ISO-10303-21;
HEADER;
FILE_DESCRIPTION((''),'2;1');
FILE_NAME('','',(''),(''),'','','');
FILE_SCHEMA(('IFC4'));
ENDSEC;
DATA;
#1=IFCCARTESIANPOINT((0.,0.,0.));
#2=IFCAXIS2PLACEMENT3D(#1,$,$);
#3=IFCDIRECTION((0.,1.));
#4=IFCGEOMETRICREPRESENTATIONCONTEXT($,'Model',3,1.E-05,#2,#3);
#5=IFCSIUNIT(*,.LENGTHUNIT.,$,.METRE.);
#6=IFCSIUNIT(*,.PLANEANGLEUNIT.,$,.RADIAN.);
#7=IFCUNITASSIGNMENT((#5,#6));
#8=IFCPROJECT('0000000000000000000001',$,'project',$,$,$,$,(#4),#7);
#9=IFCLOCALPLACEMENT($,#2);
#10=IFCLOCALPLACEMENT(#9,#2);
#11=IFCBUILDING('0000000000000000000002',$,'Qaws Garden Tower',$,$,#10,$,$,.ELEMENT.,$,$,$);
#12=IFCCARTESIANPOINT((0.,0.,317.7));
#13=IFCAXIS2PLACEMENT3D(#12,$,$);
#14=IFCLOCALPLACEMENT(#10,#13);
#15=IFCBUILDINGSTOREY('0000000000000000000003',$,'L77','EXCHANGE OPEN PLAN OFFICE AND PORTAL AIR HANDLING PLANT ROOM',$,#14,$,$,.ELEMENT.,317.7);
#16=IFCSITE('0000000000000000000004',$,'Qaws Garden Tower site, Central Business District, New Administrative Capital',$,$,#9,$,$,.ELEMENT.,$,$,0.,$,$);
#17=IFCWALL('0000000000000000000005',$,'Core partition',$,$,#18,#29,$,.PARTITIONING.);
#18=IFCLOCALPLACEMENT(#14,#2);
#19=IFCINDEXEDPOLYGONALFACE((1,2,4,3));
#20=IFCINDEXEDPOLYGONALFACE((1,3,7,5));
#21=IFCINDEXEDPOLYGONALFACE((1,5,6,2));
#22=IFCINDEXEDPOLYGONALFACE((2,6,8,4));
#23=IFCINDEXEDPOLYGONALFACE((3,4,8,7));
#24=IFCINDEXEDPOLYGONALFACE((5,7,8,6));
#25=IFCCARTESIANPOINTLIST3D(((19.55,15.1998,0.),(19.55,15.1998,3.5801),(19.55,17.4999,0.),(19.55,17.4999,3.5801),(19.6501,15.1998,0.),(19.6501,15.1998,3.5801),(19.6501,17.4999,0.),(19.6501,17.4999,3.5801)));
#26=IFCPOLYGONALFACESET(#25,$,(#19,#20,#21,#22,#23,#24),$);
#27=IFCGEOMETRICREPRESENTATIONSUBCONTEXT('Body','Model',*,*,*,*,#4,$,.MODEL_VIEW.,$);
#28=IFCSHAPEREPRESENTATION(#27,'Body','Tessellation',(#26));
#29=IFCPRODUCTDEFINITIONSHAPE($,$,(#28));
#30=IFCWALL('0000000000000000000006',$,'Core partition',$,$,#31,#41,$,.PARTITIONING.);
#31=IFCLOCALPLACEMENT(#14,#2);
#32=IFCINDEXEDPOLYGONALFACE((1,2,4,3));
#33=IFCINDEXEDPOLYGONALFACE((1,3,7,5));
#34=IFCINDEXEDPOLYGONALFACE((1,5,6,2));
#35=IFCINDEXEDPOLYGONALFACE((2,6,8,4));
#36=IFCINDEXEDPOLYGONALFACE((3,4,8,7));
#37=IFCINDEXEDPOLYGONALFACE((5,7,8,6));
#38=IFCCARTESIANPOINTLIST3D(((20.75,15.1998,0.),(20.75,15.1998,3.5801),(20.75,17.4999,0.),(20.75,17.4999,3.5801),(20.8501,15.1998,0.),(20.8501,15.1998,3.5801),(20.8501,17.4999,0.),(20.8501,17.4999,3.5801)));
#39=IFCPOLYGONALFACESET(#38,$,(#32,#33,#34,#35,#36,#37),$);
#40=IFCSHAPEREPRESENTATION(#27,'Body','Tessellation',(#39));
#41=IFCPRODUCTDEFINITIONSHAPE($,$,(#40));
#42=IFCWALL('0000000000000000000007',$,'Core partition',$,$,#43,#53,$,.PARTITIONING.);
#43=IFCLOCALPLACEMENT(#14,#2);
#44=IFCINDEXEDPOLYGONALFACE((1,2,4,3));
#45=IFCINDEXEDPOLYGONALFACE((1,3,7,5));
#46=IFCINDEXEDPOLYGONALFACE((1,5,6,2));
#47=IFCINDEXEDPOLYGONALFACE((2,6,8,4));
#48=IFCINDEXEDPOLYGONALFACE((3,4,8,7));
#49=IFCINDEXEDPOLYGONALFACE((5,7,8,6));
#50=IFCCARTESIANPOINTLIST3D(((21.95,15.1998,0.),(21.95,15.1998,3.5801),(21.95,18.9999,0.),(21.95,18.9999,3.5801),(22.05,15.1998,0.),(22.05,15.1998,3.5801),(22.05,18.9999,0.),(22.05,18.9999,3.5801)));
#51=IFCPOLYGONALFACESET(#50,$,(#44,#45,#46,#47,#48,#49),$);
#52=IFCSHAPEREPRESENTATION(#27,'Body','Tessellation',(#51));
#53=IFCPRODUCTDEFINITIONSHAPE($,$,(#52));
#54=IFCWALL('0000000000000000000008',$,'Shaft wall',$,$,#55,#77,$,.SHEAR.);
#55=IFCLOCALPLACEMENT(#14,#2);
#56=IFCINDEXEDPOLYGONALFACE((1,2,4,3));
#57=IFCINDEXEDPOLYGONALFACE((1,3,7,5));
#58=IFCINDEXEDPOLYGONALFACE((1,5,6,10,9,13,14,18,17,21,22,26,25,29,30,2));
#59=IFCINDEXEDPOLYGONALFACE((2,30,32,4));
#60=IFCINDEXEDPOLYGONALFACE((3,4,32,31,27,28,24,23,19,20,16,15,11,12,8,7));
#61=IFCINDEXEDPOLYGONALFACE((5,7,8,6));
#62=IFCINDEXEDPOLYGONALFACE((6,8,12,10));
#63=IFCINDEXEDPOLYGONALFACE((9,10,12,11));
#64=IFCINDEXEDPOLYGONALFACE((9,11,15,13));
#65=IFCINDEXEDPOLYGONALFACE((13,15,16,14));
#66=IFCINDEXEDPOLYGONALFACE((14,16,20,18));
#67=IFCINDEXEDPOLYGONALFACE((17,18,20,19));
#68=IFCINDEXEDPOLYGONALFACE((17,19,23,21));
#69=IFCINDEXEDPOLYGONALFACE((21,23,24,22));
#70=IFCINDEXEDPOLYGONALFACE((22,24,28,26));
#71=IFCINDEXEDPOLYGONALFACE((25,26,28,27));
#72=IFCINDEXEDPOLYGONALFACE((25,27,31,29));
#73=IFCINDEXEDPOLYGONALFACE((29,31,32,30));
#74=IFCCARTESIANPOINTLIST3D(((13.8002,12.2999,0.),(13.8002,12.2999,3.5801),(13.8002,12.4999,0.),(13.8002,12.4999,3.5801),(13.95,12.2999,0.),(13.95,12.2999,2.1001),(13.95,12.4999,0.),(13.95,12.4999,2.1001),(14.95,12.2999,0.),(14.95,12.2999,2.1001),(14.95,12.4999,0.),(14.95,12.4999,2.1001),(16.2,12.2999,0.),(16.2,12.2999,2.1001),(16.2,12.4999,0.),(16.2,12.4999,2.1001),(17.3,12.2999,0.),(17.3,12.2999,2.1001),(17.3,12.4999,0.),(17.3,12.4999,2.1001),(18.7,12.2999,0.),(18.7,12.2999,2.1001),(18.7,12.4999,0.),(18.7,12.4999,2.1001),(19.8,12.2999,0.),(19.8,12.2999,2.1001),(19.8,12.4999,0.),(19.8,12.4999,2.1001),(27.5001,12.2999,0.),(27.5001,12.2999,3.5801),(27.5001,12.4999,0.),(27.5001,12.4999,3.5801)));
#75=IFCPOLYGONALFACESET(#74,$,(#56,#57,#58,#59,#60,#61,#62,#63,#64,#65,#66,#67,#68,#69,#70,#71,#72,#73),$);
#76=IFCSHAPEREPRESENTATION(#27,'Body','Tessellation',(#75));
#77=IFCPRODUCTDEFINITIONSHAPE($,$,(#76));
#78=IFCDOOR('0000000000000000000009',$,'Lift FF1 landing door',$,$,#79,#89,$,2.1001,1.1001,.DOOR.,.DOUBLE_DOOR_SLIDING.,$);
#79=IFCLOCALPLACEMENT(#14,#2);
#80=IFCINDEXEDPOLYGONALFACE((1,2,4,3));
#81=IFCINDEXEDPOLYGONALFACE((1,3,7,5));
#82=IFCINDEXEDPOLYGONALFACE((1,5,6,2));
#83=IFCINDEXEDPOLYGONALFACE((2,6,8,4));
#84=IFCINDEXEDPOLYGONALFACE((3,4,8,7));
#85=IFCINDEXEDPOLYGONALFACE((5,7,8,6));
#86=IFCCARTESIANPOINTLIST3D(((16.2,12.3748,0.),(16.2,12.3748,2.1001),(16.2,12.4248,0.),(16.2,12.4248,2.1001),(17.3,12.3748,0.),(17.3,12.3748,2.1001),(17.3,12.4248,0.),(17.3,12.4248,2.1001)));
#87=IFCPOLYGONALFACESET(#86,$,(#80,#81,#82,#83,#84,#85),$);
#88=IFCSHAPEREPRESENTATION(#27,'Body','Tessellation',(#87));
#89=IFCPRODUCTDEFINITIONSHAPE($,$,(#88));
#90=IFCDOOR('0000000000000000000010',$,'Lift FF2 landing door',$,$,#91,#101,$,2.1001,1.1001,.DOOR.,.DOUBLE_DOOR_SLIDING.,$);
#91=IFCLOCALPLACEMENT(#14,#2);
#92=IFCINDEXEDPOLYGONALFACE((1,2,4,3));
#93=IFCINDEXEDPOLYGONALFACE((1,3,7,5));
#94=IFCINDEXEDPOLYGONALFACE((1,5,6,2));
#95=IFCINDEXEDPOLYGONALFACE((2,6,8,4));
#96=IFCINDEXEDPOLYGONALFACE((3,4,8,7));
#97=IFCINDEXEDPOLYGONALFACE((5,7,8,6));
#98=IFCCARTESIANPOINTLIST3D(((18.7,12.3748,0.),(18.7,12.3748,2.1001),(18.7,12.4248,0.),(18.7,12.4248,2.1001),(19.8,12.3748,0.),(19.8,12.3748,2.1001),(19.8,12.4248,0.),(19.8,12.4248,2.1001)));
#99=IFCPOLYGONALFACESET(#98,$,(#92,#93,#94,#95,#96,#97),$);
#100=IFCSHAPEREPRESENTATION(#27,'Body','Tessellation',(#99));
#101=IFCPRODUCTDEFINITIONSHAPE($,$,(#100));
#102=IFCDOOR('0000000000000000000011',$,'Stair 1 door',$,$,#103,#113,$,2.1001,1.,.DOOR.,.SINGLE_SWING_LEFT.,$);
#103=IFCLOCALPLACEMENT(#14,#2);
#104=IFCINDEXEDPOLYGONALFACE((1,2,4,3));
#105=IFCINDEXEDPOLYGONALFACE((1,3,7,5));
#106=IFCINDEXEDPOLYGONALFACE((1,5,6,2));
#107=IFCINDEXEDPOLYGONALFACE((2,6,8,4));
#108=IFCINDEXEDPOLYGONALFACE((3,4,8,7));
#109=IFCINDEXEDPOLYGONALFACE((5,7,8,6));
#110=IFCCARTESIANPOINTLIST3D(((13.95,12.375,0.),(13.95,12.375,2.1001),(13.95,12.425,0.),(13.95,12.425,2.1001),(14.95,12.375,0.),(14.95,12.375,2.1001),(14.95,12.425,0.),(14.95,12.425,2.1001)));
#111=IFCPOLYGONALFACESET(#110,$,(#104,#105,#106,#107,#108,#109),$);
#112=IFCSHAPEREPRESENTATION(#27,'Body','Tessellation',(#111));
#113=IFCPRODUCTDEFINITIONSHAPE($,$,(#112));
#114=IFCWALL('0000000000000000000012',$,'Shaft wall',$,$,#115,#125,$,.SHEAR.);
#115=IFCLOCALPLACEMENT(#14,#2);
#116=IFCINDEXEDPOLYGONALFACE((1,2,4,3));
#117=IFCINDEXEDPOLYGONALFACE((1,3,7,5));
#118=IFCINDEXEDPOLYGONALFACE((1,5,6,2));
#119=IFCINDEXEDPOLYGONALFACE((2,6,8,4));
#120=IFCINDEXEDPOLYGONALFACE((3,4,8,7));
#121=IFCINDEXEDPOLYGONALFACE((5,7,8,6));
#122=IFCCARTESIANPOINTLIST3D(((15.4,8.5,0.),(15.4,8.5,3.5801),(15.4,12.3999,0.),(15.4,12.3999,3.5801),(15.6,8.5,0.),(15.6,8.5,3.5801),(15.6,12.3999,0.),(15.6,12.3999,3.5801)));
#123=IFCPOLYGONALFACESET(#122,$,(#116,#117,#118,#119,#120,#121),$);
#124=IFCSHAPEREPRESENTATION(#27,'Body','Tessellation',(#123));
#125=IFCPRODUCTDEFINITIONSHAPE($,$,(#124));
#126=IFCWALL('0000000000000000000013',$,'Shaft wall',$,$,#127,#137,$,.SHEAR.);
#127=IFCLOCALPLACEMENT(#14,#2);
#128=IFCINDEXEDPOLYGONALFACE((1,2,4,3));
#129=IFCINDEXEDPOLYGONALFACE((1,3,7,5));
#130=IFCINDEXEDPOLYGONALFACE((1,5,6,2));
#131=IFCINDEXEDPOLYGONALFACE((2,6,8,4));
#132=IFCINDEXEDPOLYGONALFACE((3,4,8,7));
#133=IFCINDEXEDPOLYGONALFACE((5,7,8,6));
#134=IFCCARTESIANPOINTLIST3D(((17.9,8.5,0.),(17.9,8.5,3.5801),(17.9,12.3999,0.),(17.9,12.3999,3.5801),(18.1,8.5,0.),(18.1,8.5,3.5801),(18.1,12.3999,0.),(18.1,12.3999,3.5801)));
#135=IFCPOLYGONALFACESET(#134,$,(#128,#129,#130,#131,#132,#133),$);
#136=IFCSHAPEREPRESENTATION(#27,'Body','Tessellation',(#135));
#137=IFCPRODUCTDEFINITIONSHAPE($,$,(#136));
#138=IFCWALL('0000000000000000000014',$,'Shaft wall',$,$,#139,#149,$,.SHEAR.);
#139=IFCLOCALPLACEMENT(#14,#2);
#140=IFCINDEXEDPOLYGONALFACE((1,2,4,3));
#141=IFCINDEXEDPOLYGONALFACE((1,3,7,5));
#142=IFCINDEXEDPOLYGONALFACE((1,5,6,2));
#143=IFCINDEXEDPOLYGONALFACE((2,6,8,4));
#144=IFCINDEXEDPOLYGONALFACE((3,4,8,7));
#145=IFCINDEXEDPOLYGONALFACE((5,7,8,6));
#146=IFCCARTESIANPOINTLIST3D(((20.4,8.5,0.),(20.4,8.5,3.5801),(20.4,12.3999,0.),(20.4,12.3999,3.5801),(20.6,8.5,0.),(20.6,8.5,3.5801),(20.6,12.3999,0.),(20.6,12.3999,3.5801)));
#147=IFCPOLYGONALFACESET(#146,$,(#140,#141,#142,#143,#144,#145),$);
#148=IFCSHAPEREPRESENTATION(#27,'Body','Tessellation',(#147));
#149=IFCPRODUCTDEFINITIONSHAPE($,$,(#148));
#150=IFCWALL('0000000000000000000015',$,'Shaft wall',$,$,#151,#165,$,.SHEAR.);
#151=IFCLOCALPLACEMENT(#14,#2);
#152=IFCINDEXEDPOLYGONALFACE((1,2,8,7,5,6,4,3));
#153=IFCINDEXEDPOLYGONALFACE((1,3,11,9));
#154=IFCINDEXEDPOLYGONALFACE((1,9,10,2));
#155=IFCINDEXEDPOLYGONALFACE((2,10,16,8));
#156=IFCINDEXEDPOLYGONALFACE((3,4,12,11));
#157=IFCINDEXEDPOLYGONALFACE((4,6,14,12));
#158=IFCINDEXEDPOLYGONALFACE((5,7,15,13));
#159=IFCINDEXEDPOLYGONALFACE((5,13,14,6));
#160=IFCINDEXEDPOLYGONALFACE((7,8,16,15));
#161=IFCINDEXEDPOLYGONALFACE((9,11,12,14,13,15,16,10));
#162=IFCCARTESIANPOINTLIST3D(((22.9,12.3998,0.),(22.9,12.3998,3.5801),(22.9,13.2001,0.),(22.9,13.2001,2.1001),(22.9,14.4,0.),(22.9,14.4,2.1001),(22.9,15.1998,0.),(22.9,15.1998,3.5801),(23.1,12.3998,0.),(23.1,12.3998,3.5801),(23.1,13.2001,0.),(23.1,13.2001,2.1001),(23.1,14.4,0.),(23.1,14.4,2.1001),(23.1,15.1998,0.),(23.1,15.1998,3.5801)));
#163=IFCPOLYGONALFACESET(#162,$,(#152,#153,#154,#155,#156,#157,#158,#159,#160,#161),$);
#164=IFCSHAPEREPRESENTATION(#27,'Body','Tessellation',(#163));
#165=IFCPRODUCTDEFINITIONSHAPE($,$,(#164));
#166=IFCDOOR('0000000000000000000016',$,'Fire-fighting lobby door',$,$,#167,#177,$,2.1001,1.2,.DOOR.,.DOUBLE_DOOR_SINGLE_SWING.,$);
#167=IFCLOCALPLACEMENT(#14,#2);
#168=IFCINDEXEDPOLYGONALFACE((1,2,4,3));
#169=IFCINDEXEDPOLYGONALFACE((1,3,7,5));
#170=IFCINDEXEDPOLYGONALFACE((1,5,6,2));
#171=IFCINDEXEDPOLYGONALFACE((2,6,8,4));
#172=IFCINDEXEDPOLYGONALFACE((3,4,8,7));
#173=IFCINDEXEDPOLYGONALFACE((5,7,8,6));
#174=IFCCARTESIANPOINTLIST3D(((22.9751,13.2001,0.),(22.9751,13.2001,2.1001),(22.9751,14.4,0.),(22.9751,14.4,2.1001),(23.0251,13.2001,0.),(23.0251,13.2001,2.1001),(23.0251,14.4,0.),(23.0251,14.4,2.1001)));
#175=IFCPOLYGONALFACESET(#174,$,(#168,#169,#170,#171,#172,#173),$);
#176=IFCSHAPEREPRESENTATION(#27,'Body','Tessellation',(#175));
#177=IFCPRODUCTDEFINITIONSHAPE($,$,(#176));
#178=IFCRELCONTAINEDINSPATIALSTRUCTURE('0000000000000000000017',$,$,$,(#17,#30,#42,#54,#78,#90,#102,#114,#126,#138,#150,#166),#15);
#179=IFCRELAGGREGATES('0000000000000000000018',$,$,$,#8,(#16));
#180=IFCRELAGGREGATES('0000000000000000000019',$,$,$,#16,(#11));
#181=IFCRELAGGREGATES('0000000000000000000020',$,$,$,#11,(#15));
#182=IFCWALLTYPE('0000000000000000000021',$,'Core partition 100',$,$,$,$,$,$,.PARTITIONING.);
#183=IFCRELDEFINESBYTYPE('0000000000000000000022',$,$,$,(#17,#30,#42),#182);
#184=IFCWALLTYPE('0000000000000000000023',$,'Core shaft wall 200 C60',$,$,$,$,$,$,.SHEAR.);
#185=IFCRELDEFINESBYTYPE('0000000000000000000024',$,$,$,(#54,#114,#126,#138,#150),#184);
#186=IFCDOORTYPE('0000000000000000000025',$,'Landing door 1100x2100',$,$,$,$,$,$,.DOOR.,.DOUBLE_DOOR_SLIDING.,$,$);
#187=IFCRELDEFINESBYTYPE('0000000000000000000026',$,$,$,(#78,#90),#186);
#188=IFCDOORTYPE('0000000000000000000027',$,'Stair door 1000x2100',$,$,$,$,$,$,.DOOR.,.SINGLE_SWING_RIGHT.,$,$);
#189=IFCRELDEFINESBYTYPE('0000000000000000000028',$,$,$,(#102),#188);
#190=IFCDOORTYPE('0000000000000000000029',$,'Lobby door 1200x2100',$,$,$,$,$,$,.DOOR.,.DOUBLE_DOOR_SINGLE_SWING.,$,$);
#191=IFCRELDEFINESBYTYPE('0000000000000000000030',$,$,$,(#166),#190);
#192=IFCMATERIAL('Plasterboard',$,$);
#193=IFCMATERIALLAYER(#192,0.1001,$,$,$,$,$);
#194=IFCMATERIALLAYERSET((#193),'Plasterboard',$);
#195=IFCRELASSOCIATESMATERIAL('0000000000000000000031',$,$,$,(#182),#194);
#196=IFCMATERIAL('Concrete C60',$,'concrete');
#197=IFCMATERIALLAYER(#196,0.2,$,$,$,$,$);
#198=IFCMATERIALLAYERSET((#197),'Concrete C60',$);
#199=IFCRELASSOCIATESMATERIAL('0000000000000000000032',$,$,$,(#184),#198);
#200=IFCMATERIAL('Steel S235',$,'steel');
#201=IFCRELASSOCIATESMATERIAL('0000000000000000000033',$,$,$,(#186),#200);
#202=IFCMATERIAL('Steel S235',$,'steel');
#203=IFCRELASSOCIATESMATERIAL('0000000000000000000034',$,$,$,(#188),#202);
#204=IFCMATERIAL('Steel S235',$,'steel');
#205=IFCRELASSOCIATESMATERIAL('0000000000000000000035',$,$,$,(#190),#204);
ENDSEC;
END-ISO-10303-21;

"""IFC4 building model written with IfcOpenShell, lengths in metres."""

from ifc_helpers import new_model, si_unit, direction, frame, frame_2d, origin, place, context, subcontext, project, spatial, rectangle, extrude, material, layer, layer_set, type_object, element, fill, save


model = new_model("IFC4")

# Units and contexts
model_context = context("Model", 3, precision=1e-05, world=origin(), true_north=direction((0.0, 1.0)))
body_context = subcontext(model_context, "Body", "Model", "MODEL_VIEW")
ifc_project = project(units=[si_unit("LENGTHUNIT", "METRE"), si_unit("PLANEANGLEUNIT", "RADIAN")], contexts=[model_context])

# Site, building, storey
site_placement = place(None, origin())
site = spatial("IfcSite", under=ifc_project, at=site_placement, Name="Qaws Garden Tower site, Central Business District, New Administrative Capital", CompositionType="ELEMENT", RefElevation=0.0)
building_placement = place(site_placement, origin())
building = spatial("IfcBuilding", under=site, at=building_placement, Name="Qaws Garden Tower", CompositionType="ELEMENT")
storey_placement = place(building_placement, frame((0.0, 0.0, 317.7)))
storey = spatial("IfcBuildingStorey", under=building, at=storey_placement, Name="L77", Description="EXCHANGE OPEN PLAN OFFICE AND PORTAL AIR HANDLING PLANT ROOM", CompositionType="ELEMENT", Elevation=317.7)

# Walls
ifc_material_1 = material(Name="Plasterboard")
ifc_layer_1 = layer(ifc_material_1, 0.1001)
ifc_layer_set_1 = layer_set([ifc_layer_1], Name="Plasterboard")
wall_type_1 = type_object("IfcWallType", Name="Core partition 100", PredefinedType="PARTITIONING", material=ifc_layer_set_1)
for number, where, z_axis, x_axis, name in (
    (1, (19.6001, 15.2, 0.0), (0.0, 0.0, 1.0), (0.0, 1.0, 0.0), "Core partition"),
    (2, (20.8, 15.2, 0.0), (0.0, 0.0, 1.0), (0.0, 1.0, 0.0), "Core partition"),
):
    element("IfcWall", number, at=place(storey_placement, frame(where, z_axis=z_axis, x_axis=x_axis)), inside=storey, type_object=wall_type_1, Name=name, PredefinedType="PARTITIONING", context=body_context, shape_type="SweptSolid", body=[
        extrude(rectangle(XDim=2.3, YDim=0.1001, at=frame_2d((1.1499, 0.0))), origin(), (0.0, 0.0, 1.0), 3.5801),
    ])
wall_1_placement = place(storey_placement, frame((22.0, 15.2, 0.0), z_axis=(0.0, 0.0, 1.0), x_axis=(0.0, 1.0, 0.0)))
element("IfcWall", 3, at=wall_1_placement, inside=storey, type_object=wall_type_1, Name="Core partition", PredefinedType="PARTITIONING", context=body_context, shape_type="SweptSolid", body=[
    extrude(rectangle(XDim=3.8, YDim=0.1001, at=frame_2d((1.8999, 0.0))), origin(), (0.0, 0.0, 1.0), 3.5801),
])

# Wall, openings, doors
ifc_material_2 = material(Name="Concrete C60", Category="concrete")
ifc_layer_2 = layer(ifc_material_2, 0.2)
ifc_layer_set_2 = layer_set([ifc_layer_2], Name="Concrete C60")
wall_type_2 = type_object("IfcWallType", Name="Core shaft wall 200 C60", PredefinedType="SHEAR", material=ifc_layer_set_2)
wall_2_placement = place(storey_placement, frame((13.8, 12.3999, 0.0), z_axis=(0.0, 0.0, 1.0), x_axis=(1.0, 0.0, 0.0)))
wall_2 = element("IfcWall", 4, at=wall_2_placement, inside=storey, type_object=wall_type_2, Name="Shaft wall", PredefinedType="SHEAR", context=body_context, shape_type="SweptSolid", body=[
    extrude(rectangle(XDim=13.7, YDim=0.2, at=frame_2d((6.8501, 0.0))), origin(), (0.0, 0.0, 1.0), 3.5801),
])
opening_1_placement = place(wall_2_placement, frame((2.3999, 0.0, 0.0)))
opening_1 = element("IfcOpeningElement", 5, at=opening_1_placement, cuts=wall_2, PredefinedType="OPENING", context=body_context, shape_type="SweptSolid", body=[
    extrude(rectangle(XDim=1.1001, YDim=2.1001, at=frame_2d((0.55, 1.05))), frame((0.0, 0.1099, 0.0), z_axis=(0.0, -1.0, 0.0), x_axis=(1.0, 0.0, 0.0)), (0.0, 0.0, 1.0), 0.22),
])
opening_2_placement = place(wall_2_placement, frame((4.8999, 0.0, 0.0)))
opening_2 = element("IfcOpeningElement", 6, at=opening_2_placement, cuts=wall_2, PredefinedType="OPENING", context=body_context, shape_type="SweptSolid", body=[
    extrude(rectangle(XDim=1.1001, YDim=2.1001, at=frame_2d((0.55, 1.05))), frame((0.0, 0.1099, 0.0), z_axis=(0.0, -1.0, 0.0), x_axis=(1.0, 0.0, 0.0)), (0.0, 0.0, 1.0), 0.22),
])
opening_3_placement = place(wall_2_placement, frame((0.1499, 0.0, 0.0)))
opening_3 = element("IfcOpeningElement", 7, at=opening_3_placement, cuts=wall_2, PredefinedType="OPENING", context=body_context, shape_type="SweptSolid", body=[
    extrude(rectangle(XDim=1.0, YDim=2.1001, at=frame_2d((0.5, 1.05))), frame((0.0, 0.1099, 0.0), z_axis=(0.0, -1.0, 0.0), x_axis=(1.0, 0.0, 0.0)), (0.0, 0.0, 1.0), 0.22),
])
ifc_material_3 = material(Name="Steel S235", Category="steel")
door_type_1 = type_object("IfcDoorType", Name="Landing door 1100x2100", OperationType="DOUBLE_DOOR_SLIDING", PredefinedType="DOOR", material=ifc_material_3)
door_1_placement = place(opening_1_placement, origin())
door_1 = element("IfcDoor", 8, at=door_1_placement, inside=storey, type_object=door_type_1, Name="Lift FF1 landing door", OperationType="DOUBLE_DOOR_SLIDING", OverallHeight=2.1001, OverallWidth=1.1001, PredefinedType="DOOR", context=body_context, shape_type="SweptSolid", body=[
    extrude(rectangle(XDim=1.1001, YDim=2.1001, at=frame_2d((0.55, 1.05))), frame((0.0, 0.0249, 0.0), z_axis=(0.0, -1.0, 0.0), x_axis=(1.0, 0.0, 0.0)), (0.0, 0.0, 1.0), 0.05),
])
fill(opening_1, door_1)
door_2_placement = place(opening_2_placement, origin())
door_2 = element("IfcDoor", 9, at=door_2_placement, inside=storey, type_object=door_type_1, Name="Lift FF2 landing door", OperationType="DOUBLE_DOOR_SLIDING", OverallHeight=2.1001, OverallWidth=1.1001, PredefinedType="DOOR", context=body_context, shape_type="SweptSolid", body=[
    extrude(rectangle(XDim=1.1001, YDim=2.1001, at=frame_2d((0.55, 1.05))), frame((0.0, 0.0249, 0.0), z_axis=(0.0, -1.0, 0.0), x_axis=(1.0, 0.0, 0.0)), (0.0, 0.0, 1.0), 0.05),
])
fill(opening_2, door_2)
ifc_material_4 = material(Name="Steel S235", Category="steel")
door_type_2 = type_object("IfcDoorType", Name="Stair door 1000x2100", OperationType="SINGLE_SWING_RIGHT", PredefinedType="DOOR", material=ifc_material_4)
door_3_placement = place(opening_3_placement, frame((1.0, 0.0, 0.0), z_axis=(0.0, 0.0, 1.0), x_axis=(-1.0, 0.0, 0.0)))
door_3 = element("IfcDoor", 10, at=door_3_placement, inside=storey, type_object=door_type_2, Name="Stair 1 door", OperationType="SINGLE_SWING_LEFT", OverallHeight=2.1001, OverallWidth=1.0, PredefinedType="DOOR", context=body_context, shape_type="SweptSolid", body=[
    extrude(rectangle(XDim=1.0, YDim=2.1001, at=frame_2d((0.5, 1.05))), frame((0.0, 0.0249, 0.0), z_axis=(0.0, -1.0, 0.0), x_axis=(1.0, 0.0, 0.0)), (0.0, 0.0, 1.0), 0.05),
])
fill(opening_3, door_3)

# Walls
for number, where, z_axis, x_axis, name in (
    (11, (15.5, 8.5, 0.0), (0.0, 0.0, 1.0), (0.0, 1.0, 0.0), "Shaft wall"),
    (12, (18.0, 8.5, 0.0), (0.0, 0.0, 1.0), (0.0, 1.0, 0.0), "Shaft wall"),
    (13, (20.5, 8.5, 0.0), (0.0, 0.0, 1.0), (0.0, 1.0, 0.0), "Shaft wall"),
):
    element("IfcWall", number, at=place(storey_placement, frame(where, z_axis=z_axis, x_axis=x_axis)), inside=storey, type_object=wall_type_2, Name=name, PredefinedType="SHEAR", context=body_context, shape_type="SweptSolid", body=[
        extrude(rectangle(XDim=3.8999, YDim=0.2, at=frame_2d((1.95, 0.0))), origin(), (0.0, 0.0, 1.0), 3.5801),
    ])

# Wall, opening, door
wall_3_placement = place(storey_placement, frame((23.0, 12.3999, 0.0), z_axis=(0.0, 0.0, 1.0), x_axis=(0.0, 1.0, 0.0)))
wall_3 = element("IfcWall", 14, at=wall_3_placement, inside=storey, type_object=wall_type_2, Name="Shaft wall", PredefinedType="SHEAR", context=body_context, shape_type="SweptSolid", body=[
    extrude(rectangle(XDim=2.8, YDim=0.2, at=frame_2d((1.3999, 0.0))), origin(), (0.0, 0.0, 1.0), 3.5801),
])
opening_4_placement = place(wall_3_placement, frame((0.8, 0.0, 0.0)))
opening_4 = element("IfcOpeningElement", 15, at=opening_4_placement, cuts=wall_3, PredefinedType="OPENING", context=body_context, shape_type="SweptSolid", body=[
    extrude(rectangle(XDim=1.2, YDim=2.1001, at=frame_2d((0.6001, 1.05))), frame((0.0, 0.1099, 0.0), z_axis=(0.0, -1.0, 0.0), x_axis=(1.0, 0.0, 0.0)), (0.0, 0.0, 1.0), 0.22),
])
ifc_material_5 = material(Name="Steel S235", Category="steel")
door_type_3 = type_object("IfcDoorType", Name="Lobby door 1200x2100", OperationType="DOUBLE_DOOR_SINGLE_SWING", PredefinedType="DOOR", material=ifc_material_5)
door_4_placement = place(opening_4_placement, origin())
door_4 = element("IfcDoor", 16, at=door_4_placement, inside=storey, type_object=door_type_3, Name="Fire-fighting lobby door", OperationType="DOUBLE_DOOR_SINGLE_SWING", OverallHeight=2.1001, OverallWidth=1.2, PredefinedType="DOOR", context=body_context, shape_type="SweptSolid", body=[
    extrude(rectangle(XDim=1.2, YDim=2.1001, at=frame_2d((0.6001, 1.05))), frame((0.0, 0.0249, 0.0), z_axis=(0.0, -1.0, 0.0), x_axis=(1.0, 0.0, 0.0)), (0.0, 0.0, 1.0), 0.05),
])
fill(opening_4, door_4)

save(model, "model.ifc")
